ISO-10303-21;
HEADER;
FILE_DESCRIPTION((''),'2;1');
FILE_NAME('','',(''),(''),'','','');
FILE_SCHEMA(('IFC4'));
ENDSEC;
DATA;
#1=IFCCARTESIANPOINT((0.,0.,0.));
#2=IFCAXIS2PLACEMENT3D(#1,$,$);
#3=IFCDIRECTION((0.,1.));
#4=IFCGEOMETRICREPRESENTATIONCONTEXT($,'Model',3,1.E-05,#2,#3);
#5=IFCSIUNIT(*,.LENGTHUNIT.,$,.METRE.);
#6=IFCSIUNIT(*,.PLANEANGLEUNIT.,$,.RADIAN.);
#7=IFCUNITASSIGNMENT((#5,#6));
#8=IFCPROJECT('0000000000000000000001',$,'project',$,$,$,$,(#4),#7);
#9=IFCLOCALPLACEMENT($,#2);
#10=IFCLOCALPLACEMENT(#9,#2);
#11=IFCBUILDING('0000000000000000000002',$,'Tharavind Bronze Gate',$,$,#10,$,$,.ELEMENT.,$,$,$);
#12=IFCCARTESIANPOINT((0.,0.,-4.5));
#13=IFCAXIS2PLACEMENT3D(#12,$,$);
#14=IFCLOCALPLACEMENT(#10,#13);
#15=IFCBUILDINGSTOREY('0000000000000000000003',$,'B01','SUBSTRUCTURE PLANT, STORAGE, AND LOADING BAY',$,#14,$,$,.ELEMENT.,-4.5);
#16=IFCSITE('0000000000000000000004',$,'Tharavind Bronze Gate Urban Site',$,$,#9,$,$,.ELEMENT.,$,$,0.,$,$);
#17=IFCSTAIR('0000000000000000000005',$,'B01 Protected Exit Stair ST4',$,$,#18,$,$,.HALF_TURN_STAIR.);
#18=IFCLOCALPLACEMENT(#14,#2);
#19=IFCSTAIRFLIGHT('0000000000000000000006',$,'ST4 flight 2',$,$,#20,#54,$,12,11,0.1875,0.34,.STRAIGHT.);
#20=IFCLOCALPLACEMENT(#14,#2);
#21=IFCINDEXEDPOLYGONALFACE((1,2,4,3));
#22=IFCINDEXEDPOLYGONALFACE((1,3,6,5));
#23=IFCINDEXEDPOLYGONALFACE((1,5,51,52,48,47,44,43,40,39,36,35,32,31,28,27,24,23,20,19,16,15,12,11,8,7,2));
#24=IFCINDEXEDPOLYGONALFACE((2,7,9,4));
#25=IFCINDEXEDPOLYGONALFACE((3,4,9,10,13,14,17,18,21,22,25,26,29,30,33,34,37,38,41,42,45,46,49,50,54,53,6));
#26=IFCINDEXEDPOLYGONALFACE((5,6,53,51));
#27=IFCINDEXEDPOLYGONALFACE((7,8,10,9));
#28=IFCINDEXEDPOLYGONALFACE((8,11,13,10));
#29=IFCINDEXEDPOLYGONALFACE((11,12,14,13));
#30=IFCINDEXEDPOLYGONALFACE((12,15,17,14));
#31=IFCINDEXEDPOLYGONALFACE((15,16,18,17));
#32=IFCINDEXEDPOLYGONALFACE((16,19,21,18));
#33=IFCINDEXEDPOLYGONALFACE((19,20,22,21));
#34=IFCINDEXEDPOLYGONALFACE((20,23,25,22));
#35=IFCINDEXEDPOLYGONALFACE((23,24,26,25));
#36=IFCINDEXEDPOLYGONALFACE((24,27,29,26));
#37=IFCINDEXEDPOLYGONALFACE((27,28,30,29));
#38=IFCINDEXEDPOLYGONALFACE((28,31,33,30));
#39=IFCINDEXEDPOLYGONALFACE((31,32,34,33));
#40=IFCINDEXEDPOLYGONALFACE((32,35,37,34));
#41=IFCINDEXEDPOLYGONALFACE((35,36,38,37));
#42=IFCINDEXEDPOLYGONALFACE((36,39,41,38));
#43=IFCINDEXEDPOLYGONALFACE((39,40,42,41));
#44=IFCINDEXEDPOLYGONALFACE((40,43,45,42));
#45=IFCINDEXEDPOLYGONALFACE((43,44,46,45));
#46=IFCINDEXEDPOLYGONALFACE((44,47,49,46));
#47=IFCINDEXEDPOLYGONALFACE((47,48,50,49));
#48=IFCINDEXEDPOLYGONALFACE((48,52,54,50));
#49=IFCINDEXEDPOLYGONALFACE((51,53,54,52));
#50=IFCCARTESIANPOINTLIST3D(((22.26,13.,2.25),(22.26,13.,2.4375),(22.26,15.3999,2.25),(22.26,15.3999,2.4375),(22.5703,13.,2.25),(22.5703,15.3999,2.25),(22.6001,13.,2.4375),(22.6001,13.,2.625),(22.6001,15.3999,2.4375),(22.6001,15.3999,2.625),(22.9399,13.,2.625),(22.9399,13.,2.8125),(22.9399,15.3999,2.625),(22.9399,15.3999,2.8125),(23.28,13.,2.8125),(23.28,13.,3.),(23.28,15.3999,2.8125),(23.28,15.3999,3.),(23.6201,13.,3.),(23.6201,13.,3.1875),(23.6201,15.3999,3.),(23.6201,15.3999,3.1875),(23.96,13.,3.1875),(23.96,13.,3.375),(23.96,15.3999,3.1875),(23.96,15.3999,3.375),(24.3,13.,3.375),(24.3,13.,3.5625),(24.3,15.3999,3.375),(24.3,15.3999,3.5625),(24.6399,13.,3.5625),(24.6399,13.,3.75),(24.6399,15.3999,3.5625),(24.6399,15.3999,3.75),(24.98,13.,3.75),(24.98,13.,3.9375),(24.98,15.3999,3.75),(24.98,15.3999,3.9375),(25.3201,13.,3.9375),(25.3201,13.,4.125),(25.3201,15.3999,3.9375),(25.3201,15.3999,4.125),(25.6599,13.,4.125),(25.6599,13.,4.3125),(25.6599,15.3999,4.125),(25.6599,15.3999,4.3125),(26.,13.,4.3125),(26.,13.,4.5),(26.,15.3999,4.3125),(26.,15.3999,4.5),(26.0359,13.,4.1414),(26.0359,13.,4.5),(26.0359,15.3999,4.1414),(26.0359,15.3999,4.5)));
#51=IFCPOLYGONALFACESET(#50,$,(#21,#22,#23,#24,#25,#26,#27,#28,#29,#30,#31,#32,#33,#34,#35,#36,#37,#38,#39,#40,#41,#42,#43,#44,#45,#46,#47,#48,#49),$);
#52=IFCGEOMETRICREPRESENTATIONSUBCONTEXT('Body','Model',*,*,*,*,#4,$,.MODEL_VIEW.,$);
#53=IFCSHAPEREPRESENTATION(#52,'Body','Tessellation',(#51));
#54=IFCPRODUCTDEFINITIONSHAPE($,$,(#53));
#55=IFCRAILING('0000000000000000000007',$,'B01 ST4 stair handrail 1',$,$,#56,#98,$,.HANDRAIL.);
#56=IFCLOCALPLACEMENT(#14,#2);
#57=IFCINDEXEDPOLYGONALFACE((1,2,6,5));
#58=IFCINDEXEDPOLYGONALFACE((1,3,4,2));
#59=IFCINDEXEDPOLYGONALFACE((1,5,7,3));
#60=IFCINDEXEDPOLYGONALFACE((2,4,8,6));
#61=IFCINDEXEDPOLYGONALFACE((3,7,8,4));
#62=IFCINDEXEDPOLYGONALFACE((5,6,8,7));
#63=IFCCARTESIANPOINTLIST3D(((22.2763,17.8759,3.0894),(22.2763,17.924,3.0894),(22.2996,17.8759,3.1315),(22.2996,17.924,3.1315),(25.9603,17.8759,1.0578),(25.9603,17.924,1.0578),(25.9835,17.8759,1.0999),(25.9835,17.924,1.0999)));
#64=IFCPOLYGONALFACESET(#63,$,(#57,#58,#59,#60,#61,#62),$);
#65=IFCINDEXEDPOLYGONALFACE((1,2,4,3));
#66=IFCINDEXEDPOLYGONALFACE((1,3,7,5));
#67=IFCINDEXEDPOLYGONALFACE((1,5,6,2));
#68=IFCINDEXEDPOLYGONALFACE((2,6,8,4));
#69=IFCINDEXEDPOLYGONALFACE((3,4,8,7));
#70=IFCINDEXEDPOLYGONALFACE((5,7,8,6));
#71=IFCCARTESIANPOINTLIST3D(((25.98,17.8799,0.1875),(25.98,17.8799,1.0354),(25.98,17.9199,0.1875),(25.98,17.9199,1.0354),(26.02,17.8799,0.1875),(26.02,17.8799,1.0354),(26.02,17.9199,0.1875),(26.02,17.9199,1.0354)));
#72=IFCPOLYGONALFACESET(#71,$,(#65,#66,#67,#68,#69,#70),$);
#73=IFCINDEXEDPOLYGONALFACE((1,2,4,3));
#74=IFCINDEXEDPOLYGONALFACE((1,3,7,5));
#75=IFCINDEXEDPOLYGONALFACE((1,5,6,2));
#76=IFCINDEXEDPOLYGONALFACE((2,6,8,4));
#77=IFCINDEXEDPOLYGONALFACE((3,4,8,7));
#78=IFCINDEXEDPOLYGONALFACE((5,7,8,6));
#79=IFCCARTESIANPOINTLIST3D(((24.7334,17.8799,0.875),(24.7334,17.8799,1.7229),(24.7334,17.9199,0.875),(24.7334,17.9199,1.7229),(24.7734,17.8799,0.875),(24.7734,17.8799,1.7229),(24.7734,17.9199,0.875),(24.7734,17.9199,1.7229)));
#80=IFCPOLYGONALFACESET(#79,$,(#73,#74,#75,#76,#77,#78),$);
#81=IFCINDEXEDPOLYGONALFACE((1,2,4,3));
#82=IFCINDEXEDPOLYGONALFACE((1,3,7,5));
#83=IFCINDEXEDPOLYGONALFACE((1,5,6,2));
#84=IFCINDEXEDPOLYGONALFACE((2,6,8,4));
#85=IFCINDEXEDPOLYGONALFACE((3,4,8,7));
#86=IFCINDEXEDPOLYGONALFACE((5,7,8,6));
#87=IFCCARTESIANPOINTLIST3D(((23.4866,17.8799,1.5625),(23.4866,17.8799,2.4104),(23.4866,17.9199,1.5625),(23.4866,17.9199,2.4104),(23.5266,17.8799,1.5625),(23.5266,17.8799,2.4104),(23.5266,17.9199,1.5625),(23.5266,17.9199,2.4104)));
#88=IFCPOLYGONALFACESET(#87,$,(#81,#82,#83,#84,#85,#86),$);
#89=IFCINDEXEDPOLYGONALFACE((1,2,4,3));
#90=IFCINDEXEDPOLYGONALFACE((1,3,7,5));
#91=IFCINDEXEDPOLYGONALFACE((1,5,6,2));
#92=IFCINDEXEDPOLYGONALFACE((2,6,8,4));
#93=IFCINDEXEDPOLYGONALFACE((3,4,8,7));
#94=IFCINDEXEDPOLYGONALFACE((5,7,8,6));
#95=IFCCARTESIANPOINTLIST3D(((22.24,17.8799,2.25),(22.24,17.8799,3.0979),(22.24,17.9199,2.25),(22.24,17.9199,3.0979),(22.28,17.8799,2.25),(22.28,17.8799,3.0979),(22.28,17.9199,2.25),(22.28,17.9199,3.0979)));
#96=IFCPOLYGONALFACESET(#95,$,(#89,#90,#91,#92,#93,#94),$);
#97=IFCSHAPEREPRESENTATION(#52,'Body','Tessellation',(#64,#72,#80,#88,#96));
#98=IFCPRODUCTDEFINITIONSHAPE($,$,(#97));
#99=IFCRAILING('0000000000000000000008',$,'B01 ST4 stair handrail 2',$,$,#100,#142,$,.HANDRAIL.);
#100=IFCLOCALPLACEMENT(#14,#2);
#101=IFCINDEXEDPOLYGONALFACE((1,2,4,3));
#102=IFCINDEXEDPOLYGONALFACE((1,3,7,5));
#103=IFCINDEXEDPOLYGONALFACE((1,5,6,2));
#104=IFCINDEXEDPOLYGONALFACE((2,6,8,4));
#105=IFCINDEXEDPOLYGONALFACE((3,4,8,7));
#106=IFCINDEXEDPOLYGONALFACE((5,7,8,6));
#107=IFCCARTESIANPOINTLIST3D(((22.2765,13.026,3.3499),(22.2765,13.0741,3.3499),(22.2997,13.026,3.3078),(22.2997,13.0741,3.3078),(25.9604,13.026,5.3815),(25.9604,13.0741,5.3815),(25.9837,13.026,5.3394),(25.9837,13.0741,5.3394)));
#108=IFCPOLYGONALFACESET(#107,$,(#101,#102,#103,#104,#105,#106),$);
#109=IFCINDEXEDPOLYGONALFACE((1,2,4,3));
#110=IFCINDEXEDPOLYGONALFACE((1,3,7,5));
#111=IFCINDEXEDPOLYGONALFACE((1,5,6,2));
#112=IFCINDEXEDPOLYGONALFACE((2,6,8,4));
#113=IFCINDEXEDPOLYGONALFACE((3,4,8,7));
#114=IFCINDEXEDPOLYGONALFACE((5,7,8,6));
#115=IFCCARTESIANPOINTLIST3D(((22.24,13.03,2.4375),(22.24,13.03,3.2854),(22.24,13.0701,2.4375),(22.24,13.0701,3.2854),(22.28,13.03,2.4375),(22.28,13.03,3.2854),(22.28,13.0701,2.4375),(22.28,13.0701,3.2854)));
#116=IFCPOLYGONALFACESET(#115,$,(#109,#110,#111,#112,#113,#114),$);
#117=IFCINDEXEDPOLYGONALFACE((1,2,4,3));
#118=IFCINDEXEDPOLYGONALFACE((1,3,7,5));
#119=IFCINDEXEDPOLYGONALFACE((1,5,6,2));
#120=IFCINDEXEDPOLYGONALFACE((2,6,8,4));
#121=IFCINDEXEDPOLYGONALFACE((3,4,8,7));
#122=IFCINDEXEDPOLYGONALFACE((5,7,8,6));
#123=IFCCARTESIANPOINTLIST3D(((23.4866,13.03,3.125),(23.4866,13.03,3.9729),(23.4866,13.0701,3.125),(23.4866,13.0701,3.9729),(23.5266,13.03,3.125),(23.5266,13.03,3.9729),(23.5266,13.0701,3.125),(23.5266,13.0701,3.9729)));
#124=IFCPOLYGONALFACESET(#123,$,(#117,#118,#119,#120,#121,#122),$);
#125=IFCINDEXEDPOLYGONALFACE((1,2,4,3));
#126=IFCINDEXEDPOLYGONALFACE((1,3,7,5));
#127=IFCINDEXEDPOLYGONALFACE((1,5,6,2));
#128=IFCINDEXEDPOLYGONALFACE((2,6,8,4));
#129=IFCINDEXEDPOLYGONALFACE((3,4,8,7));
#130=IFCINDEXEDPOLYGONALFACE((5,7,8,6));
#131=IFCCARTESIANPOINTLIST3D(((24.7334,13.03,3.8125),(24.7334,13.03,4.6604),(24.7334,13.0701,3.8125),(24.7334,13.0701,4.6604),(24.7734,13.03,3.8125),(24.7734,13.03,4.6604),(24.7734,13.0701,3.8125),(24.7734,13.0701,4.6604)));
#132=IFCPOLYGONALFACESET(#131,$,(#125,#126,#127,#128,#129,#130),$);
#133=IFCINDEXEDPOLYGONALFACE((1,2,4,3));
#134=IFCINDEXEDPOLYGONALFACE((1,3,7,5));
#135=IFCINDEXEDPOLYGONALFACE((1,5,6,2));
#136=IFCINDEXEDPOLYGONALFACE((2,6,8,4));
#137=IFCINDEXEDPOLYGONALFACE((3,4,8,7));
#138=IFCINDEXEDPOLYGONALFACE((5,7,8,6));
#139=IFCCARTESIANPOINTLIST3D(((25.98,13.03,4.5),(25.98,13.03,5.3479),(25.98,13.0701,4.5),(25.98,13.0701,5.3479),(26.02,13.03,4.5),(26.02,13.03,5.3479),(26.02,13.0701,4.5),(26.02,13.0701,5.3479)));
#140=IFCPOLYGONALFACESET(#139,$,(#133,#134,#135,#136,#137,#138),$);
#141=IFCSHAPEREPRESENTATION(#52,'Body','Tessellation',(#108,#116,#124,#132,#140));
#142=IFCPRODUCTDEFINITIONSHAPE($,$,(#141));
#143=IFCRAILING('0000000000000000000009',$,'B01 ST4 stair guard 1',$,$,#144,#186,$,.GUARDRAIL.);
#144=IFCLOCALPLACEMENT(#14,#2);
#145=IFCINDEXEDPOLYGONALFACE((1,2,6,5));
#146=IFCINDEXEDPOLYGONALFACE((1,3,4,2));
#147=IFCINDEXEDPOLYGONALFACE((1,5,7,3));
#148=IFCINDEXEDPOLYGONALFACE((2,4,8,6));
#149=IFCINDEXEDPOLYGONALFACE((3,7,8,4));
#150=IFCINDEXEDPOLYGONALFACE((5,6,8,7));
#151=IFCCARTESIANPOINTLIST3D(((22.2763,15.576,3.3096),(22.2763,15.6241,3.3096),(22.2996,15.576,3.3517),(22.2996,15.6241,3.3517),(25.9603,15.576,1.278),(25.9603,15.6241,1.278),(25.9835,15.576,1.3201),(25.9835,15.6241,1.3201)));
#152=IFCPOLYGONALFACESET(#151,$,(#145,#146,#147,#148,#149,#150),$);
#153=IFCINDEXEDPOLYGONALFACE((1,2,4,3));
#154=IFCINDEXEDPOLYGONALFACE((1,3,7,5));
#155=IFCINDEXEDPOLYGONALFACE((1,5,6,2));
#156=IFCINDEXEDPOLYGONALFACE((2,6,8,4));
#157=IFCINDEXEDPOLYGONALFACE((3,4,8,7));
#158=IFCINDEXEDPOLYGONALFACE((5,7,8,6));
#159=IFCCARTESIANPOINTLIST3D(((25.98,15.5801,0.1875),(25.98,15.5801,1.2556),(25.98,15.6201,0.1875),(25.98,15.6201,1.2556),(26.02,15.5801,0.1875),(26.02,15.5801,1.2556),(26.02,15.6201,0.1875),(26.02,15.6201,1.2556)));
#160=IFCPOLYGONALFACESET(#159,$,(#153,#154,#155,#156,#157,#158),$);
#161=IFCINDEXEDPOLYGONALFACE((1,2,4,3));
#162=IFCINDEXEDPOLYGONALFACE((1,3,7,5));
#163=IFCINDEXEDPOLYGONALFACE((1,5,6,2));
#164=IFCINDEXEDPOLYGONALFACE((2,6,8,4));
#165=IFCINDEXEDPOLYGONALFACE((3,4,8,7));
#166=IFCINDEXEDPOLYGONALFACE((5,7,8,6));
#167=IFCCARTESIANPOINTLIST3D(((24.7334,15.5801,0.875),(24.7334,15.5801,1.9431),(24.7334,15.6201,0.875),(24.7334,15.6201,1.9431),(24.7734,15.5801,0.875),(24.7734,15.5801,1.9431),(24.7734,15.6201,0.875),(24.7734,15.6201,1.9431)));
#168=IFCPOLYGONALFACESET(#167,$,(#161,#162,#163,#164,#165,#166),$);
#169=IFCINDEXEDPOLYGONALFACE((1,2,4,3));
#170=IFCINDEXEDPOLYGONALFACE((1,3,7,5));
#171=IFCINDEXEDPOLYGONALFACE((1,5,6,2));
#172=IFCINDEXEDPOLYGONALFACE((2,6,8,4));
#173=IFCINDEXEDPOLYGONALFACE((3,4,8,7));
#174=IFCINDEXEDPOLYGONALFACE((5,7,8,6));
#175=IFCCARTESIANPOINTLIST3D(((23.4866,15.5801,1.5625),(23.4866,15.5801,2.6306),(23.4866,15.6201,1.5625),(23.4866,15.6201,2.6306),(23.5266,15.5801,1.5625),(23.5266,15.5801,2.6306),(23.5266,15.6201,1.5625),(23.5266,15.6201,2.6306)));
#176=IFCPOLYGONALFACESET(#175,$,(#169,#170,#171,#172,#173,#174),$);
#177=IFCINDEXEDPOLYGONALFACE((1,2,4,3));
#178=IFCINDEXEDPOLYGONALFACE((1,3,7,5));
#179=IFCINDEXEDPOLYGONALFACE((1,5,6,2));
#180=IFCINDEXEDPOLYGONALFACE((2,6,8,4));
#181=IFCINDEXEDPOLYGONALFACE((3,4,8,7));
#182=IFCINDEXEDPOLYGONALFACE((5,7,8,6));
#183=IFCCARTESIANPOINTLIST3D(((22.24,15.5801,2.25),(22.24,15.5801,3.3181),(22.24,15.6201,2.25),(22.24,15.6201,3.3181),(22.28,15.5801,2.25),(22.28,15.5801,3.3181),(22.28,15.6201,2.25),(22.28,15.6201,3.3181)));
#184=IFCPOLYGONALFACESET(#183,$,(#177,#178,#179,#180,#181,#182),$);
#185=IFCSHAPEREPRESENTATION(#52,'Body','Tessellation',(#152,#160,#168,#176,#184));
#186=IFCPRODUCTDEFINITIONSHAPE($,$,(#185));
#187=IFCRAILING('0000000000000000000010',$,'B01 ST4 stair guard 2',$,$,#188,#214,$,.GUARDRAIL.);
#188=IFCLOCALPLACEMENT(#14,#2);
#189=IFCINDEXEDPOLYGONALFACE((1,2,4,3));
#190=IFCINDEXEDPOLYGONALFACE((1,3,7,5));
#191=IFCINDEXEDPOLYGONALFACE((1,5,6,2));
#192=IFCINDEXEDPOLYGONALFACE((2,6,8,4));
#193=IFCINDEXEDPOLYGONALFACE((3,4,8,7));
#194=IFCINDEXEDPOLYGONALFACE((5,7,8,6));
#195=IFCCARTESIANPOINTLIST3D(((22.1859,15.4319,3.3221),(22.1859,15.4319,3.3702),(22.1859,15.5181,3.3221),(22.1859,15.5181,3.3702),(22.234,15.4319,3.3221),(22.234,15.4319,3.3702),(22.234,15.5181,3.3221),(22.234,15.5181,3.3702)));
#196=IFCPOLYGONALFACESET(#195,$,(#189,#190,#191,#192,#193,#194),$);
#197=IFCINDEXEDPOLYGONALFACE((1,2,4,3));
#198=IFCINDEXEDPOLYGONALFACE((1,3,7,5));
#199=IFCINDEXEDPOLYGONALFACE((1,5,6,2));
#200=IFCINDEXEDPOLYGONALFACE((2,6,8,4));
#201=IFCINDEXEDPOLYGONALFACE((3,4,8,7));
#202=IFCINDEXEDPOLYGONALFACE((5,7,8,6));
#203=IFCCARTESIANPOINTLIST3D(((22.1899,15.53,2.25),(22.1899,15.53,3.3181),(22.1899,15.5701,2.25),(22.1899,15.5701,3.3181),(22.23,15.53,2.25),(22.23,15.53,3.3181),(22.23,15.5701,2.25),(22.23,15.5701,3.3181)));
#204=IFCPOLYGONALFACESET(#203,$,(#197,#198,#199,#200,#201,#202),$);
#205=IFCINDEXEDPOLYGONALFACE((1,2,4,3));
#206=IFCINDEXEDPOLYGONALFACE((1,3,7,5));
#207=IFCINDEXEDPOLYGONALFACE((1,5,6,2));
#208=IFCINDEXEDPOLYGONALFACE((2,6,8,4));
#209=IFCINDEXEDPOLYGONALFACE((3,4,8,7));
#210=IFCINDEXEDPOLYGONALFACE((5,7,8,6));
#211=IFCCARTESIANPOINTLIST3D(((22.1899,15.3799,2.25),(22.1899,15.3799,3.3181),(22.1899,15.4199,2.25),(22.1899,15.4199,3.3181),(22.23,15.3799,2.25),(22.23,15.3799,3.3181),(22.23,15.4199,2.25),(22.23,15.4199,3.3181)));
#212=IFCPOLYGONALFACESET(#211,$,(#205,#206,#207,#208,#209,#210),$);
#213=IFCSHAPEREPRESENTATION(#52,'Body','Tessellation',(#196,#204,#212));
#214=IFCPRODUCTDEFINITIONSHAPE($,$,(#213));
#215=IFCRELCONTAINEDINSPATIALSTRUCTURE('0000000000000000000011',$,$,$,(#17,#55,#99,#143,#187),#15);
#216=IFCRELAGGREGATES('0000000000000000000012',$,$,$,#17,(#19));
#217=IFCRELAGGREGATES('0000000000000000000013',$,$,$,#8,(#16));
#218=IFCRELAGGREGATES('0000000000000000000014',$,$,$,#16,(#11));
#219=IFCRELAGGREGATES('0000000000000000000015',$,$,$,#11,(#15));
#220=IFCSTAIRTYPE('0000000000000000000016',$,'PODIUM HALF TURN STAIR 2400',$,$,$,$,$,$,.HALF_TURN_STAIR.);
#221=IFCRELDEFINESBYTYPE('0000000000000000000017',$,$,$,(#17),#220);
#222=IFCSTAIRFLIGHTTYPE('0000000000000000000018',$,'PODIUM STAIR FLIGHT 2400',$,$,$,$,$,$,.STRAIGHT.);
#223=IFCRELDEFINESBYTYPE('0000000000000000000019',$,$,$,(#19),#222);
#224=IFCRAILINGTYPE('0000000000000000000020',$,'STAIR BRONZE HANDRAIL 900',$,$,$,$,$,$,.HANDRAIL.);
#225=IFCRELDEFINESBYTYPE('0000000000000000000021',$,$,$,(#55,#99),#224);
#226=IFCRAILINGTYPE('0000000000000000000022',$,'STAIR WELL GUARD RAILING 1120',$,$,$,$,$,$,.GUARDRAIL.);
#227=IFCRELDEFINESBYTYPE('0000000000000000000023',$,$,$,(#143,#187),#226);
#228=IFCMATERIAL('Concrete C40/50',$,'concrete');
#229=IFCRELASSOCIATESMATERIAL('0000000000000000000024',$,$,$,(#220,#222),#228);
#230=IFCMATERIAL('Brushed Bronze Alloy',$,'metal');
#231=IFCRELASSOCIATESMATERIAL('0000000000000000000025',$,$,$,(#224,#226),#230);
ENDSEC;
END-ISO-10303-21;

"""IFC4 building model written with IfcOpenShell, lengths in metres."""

from ifc_helpers import new_model, si_unit, direction, frame, origin, origin_2d, place, context, subcontext, project, spatial, polyline, rectangle, outline, extrude, material, type_object, element, aggregate, save


model = new_model("IFC4")

# Units and contexts
model_context = context("Model", 3, precision=1e-05, world=origin(), true_north=direction((0.0, 1.0)))
body_context = subcontext(model_context, "Body", "Model", "MODEL_VIEW")
ifc_project = project(units=[si_unit("LENGTHUNIT", "METRE"), si_unit("PLANEANGLEUNIT", "RADIAN")], contexts=[model_context])

# Site, building, storey
site_placement = place(None, origin())
site = spatial("IfcSite", under=ifc_project, at=site_placement, Name="Tharavind Bronze Gate Urban Site", CompositionType="ELEMENT", RefElevation=0.0)
building_placement = place(site_placement, origin())
building = spatial("IfcBuilding", under=site, at=building_placement, Name="Tharavind Bronze Gate", CompositionType="ELEMENT")
storey_placement = place(building_placement, frame((0.0, 0.0, -4.5)))
storey = spatial("IfcBuildingStorey", under=building, at=storey_placement, Name="B01", Description="SUBSTRUCTURE PLANT, STORAGE, AND LOADING BAY", CompositionType="ELEMENT", Elevation=-4.5)

# Stair, stair flight
ifc_material_1 = material(Name="Concrete C40/50", Category="concrete")
stair_type = type_object("IfcStairType", Name="PODIUM HALF TURN STAIR 2400", PredefinedType="HALF_TURN_STAIR", material=ifc_material_1)
stair_placement = place(storey_placement, origin())
stair = element("IfcStair", 1, at=stair_placement, inside=storey, type_object=stair_type, Name="B01 Protected Exit Stair ST4", PredefinedType="HALF_TURN_STAIR")
stair_flight_type = type_object("IfcStairFlightType", Name="PODIUM STAIR FLIGHT 2400", PredefinedType="STRAIGHT", material=ifc_material_1)
stair_flight_1_placement = place(storey_placement, frame((22.26, 14.2, 2.25), z_axis=(0.0, 0.0, 1.0), x_axis=(1.0, 0.0, 0.0)))
stair_flight_1 = element("IfcStairFlight", 2, at=stair_flight_1_placement, type_object=stair_flight_type, Name="ST4 flight 2", NumberOfRisers=12, NumberOfTreads=11, PredefinedType="STRAIGHT", RiserHeight=0.1875, TreadLength=0.34, context=body_context, shape_type="SweptSolid", body=[
    extrude(outline(polyline([(0.0, 0.0), (0.0, 0.1875), (0.3401, 0.1875), (0.3401, 0.375), (0.6799, 0.375), (0.6799, 0.5625), (1.02, 0.5625), (1.02, 0.75), (1.3601, 0.75), (1.3601, 0.9375), (1.7, 0.9375), (1.7, 1.125), (2.04, 1.125), (2.04, 1.3125), (2.3799, 1.3125), (2.3799, 1.5), (2.72, 1.5), (2.72, 1.6875), (3.0601, 1.6875), (3.0601, 1.875), (3.3999, 1.875), (3.3999, 2.0625), (3.74, 2.0625), (3.74, 2.25), (3.7759, 2.25), (3.7759, 1.8914), (0.3103, 0.0), (0.0, 0.0)])), frame((0.0, 1.2, 0.0), z_axis=(0.0, -1.0, 0.0), x_axis=(1.0, 0.0, 0.0)), (0.0, 0.0, 1.0), 2.3999),
])
aggregate(stair, [stair_flight_1])

# Railings
ifc_material_2 = material(Name="Brushed Bronze Alloy", Category="metal")
railing_type_1 = type_object("IfcRailingType", Name="STAIR BRONZE HANDRAIL 900", PredefinedType="HANDRAIL", material=ifc_material_2)
railing_1_placement = place(storey_placement, frame((26.0, 17.8999, 0.1875)))
element("IfcRailing", 3, at=railing_1_placement, inside=storey, type_object=railing_type_1, Name="B01 ST4 stair handrail 1", PredefinedType="HANDRAIL", context=body_context, shape_type="SweptSolid", body=[
    extrude(rectangle(XDim=0.0481, YDim=0.0481, at=origin_2d()), frame((-0.0281, 0.0, 0.8914), z_axis=(-0.875671, 0.0, 0.482908), x_axis=(0.0, -1.0, 0.0)), (0.0, 0.0, 1.0), 4.207),
    extrude(rectangle(XDim=0.04, YDim=0.04, at=origin_2d()), origin(), (0.0, 0.0, 1.0), 0.8479),
    extrude(rectangle(XDim=0.04, YDim=0.04, at=origin_2d()), frame((-1.2466, 0.0, 0.6875)), (0.0, 0.0, 1.0), 0.8479),
    extrude(rectangle(XDim=0.04, YDim=0.04, at=origin_2d()), frame((-2.4934, 0.0, 1.375)), (0.0, 0.0, 1.0), 0.8479),
    extrude(rectangle(XDim=0.04, YDim=0.04, at=origin_2d()), frame((-3.74, 0.0, 2.0625)), (0.0, 0.0, 1.0), 0.8479),
])
railing_2_placement = place(storey_placement, frame((22.26, 13.05, 2.4375)))
element("IfcRailing", 4, at=railing_2_placement, inside=storey, type_object=railing_type_1, Name="B01 ST4 stair handrail 2", PredefinedType="HANDRAIL", context=body_context, shape_type="SweptSolid", body=[
    extrude(rectangle(XDim=0.0481, YDim=0.0481, at=origin_2d()), frame((0.0281, 0.0, 0.8914), z_axis=(0.875671, 0.0, 0.482908), x_axis=(0.0, 1.0, 0.0)), (0.0, 0.0, 1.0), 4.207),
    extrude(rectangle(XDim=0.04, YDim=0.04, at=origin_2d()), origin(), (0.0, 0.0, 1.0), 0.8479),
    extrude(rectangle(XDim=0.04, YDim=0.04, at=origin_2d()), frame((1.2466, 0.0, 0.6875)), (0.0, 0.0, 1.0), 0.8479),
    extrude(rectangle(XDim=0.04, YDim=0.04, at=origin_2d()), frame((2.4934, 0.0, 1.375)), (0.0, 0.0, 1.0), 0.8479),
    extrude(rectangle(XDim=0.04, YDim=0.04, at=origin_2d()), frame((3.74, 0.0, 2.0625)), (0.0, 0.0, 1.0), 0.8479),
])
railing_type_2 = type_object("IfcRailingType", Name="STAIR WELL GUARD RAILING 1120", PredefinedType="GUARDRAIL", material=ifc_material_2)
railing_3_placement = place(storey_placement, frame((26.0, 15.6001, 0.1875)))
element("IfcRailing", 5, at=railing_3_placement, inside=storey, type_object=railing_type_2, Name="B01 ST4 stair guard 1", PredefinedType="GUARDRAIL", context=body_context, shape_type="SweptSolid", body=[
    extrude(rectangle(XDim=0.0481, YDim=0.0481, at=origin_2d()), frame((-0.0281, 0.0, 1.1116), z_axis=(-0.875671, 0.0, 0.482908), x_axis=(0.0, -1.0, 0.0)), (0.0, 0.0, 1.0), 4.207),
    extrude(rectangle(XDim=0.04, YDim=0.04, at=origin_2d()), origin(), (0.0, 0.0, 1.0), 1.0681),
    extrude(rectangle(XDim=0.04, YDim=0.04, at=origin_2d()), frame((-1.2466, 0.0, 0.6875)), (0.0, 0.0, 1.0), 1.0681),
    extrude(rectangle(XDim=0.04, YDim=0.04, at=origin_2d()), frame((-2.4934, 0.0, 1.375)), (0.0, 0.0, 1.0), 1.0681),
    extrude(rectangle(XDim=0.04, YDim=0.04, at=origin_2d()), frame((-3.74, 0.0, 2.0625)), (0.0, 0.0, 1.0), 1.0681),
])
railing_4_placement = place(storey_placement, frame((22.21, 15.55, 2.25)))
element("IfcRailing", 6, at=railing_4_placement, inside=storey, type_object=railing_type_2, Name="B01 ST4 stair guard 2", PredefinedType="GUARDRAIL", context=body_context, shape_type="SweptSolid", body=[
    extrude(rectangle(XDim=0.0481, YDim=0.0481, at=origin_2d()), frame((0.0, -0.032, 1.0962), z_axis=(0.0, -1.0, 0.0), x_axis=(1.0, 0.0, 0.0)), (0.0, 0.0, 1.0), 0.0862),
    extrude(rectangle(XDim=0.04, YDim=0.04, at=origin_2d()), origin(), (0.0, 0.0, 1.0), 1.0681),
    extrude(rectangle(XDim=0.04, YDim=0.04, at=origin_2d()), frame((0.0, -0.1501, 0.0)), (0.0, 0.0, 1.0), 1.0681),
])

save(model, "model.ifc")
